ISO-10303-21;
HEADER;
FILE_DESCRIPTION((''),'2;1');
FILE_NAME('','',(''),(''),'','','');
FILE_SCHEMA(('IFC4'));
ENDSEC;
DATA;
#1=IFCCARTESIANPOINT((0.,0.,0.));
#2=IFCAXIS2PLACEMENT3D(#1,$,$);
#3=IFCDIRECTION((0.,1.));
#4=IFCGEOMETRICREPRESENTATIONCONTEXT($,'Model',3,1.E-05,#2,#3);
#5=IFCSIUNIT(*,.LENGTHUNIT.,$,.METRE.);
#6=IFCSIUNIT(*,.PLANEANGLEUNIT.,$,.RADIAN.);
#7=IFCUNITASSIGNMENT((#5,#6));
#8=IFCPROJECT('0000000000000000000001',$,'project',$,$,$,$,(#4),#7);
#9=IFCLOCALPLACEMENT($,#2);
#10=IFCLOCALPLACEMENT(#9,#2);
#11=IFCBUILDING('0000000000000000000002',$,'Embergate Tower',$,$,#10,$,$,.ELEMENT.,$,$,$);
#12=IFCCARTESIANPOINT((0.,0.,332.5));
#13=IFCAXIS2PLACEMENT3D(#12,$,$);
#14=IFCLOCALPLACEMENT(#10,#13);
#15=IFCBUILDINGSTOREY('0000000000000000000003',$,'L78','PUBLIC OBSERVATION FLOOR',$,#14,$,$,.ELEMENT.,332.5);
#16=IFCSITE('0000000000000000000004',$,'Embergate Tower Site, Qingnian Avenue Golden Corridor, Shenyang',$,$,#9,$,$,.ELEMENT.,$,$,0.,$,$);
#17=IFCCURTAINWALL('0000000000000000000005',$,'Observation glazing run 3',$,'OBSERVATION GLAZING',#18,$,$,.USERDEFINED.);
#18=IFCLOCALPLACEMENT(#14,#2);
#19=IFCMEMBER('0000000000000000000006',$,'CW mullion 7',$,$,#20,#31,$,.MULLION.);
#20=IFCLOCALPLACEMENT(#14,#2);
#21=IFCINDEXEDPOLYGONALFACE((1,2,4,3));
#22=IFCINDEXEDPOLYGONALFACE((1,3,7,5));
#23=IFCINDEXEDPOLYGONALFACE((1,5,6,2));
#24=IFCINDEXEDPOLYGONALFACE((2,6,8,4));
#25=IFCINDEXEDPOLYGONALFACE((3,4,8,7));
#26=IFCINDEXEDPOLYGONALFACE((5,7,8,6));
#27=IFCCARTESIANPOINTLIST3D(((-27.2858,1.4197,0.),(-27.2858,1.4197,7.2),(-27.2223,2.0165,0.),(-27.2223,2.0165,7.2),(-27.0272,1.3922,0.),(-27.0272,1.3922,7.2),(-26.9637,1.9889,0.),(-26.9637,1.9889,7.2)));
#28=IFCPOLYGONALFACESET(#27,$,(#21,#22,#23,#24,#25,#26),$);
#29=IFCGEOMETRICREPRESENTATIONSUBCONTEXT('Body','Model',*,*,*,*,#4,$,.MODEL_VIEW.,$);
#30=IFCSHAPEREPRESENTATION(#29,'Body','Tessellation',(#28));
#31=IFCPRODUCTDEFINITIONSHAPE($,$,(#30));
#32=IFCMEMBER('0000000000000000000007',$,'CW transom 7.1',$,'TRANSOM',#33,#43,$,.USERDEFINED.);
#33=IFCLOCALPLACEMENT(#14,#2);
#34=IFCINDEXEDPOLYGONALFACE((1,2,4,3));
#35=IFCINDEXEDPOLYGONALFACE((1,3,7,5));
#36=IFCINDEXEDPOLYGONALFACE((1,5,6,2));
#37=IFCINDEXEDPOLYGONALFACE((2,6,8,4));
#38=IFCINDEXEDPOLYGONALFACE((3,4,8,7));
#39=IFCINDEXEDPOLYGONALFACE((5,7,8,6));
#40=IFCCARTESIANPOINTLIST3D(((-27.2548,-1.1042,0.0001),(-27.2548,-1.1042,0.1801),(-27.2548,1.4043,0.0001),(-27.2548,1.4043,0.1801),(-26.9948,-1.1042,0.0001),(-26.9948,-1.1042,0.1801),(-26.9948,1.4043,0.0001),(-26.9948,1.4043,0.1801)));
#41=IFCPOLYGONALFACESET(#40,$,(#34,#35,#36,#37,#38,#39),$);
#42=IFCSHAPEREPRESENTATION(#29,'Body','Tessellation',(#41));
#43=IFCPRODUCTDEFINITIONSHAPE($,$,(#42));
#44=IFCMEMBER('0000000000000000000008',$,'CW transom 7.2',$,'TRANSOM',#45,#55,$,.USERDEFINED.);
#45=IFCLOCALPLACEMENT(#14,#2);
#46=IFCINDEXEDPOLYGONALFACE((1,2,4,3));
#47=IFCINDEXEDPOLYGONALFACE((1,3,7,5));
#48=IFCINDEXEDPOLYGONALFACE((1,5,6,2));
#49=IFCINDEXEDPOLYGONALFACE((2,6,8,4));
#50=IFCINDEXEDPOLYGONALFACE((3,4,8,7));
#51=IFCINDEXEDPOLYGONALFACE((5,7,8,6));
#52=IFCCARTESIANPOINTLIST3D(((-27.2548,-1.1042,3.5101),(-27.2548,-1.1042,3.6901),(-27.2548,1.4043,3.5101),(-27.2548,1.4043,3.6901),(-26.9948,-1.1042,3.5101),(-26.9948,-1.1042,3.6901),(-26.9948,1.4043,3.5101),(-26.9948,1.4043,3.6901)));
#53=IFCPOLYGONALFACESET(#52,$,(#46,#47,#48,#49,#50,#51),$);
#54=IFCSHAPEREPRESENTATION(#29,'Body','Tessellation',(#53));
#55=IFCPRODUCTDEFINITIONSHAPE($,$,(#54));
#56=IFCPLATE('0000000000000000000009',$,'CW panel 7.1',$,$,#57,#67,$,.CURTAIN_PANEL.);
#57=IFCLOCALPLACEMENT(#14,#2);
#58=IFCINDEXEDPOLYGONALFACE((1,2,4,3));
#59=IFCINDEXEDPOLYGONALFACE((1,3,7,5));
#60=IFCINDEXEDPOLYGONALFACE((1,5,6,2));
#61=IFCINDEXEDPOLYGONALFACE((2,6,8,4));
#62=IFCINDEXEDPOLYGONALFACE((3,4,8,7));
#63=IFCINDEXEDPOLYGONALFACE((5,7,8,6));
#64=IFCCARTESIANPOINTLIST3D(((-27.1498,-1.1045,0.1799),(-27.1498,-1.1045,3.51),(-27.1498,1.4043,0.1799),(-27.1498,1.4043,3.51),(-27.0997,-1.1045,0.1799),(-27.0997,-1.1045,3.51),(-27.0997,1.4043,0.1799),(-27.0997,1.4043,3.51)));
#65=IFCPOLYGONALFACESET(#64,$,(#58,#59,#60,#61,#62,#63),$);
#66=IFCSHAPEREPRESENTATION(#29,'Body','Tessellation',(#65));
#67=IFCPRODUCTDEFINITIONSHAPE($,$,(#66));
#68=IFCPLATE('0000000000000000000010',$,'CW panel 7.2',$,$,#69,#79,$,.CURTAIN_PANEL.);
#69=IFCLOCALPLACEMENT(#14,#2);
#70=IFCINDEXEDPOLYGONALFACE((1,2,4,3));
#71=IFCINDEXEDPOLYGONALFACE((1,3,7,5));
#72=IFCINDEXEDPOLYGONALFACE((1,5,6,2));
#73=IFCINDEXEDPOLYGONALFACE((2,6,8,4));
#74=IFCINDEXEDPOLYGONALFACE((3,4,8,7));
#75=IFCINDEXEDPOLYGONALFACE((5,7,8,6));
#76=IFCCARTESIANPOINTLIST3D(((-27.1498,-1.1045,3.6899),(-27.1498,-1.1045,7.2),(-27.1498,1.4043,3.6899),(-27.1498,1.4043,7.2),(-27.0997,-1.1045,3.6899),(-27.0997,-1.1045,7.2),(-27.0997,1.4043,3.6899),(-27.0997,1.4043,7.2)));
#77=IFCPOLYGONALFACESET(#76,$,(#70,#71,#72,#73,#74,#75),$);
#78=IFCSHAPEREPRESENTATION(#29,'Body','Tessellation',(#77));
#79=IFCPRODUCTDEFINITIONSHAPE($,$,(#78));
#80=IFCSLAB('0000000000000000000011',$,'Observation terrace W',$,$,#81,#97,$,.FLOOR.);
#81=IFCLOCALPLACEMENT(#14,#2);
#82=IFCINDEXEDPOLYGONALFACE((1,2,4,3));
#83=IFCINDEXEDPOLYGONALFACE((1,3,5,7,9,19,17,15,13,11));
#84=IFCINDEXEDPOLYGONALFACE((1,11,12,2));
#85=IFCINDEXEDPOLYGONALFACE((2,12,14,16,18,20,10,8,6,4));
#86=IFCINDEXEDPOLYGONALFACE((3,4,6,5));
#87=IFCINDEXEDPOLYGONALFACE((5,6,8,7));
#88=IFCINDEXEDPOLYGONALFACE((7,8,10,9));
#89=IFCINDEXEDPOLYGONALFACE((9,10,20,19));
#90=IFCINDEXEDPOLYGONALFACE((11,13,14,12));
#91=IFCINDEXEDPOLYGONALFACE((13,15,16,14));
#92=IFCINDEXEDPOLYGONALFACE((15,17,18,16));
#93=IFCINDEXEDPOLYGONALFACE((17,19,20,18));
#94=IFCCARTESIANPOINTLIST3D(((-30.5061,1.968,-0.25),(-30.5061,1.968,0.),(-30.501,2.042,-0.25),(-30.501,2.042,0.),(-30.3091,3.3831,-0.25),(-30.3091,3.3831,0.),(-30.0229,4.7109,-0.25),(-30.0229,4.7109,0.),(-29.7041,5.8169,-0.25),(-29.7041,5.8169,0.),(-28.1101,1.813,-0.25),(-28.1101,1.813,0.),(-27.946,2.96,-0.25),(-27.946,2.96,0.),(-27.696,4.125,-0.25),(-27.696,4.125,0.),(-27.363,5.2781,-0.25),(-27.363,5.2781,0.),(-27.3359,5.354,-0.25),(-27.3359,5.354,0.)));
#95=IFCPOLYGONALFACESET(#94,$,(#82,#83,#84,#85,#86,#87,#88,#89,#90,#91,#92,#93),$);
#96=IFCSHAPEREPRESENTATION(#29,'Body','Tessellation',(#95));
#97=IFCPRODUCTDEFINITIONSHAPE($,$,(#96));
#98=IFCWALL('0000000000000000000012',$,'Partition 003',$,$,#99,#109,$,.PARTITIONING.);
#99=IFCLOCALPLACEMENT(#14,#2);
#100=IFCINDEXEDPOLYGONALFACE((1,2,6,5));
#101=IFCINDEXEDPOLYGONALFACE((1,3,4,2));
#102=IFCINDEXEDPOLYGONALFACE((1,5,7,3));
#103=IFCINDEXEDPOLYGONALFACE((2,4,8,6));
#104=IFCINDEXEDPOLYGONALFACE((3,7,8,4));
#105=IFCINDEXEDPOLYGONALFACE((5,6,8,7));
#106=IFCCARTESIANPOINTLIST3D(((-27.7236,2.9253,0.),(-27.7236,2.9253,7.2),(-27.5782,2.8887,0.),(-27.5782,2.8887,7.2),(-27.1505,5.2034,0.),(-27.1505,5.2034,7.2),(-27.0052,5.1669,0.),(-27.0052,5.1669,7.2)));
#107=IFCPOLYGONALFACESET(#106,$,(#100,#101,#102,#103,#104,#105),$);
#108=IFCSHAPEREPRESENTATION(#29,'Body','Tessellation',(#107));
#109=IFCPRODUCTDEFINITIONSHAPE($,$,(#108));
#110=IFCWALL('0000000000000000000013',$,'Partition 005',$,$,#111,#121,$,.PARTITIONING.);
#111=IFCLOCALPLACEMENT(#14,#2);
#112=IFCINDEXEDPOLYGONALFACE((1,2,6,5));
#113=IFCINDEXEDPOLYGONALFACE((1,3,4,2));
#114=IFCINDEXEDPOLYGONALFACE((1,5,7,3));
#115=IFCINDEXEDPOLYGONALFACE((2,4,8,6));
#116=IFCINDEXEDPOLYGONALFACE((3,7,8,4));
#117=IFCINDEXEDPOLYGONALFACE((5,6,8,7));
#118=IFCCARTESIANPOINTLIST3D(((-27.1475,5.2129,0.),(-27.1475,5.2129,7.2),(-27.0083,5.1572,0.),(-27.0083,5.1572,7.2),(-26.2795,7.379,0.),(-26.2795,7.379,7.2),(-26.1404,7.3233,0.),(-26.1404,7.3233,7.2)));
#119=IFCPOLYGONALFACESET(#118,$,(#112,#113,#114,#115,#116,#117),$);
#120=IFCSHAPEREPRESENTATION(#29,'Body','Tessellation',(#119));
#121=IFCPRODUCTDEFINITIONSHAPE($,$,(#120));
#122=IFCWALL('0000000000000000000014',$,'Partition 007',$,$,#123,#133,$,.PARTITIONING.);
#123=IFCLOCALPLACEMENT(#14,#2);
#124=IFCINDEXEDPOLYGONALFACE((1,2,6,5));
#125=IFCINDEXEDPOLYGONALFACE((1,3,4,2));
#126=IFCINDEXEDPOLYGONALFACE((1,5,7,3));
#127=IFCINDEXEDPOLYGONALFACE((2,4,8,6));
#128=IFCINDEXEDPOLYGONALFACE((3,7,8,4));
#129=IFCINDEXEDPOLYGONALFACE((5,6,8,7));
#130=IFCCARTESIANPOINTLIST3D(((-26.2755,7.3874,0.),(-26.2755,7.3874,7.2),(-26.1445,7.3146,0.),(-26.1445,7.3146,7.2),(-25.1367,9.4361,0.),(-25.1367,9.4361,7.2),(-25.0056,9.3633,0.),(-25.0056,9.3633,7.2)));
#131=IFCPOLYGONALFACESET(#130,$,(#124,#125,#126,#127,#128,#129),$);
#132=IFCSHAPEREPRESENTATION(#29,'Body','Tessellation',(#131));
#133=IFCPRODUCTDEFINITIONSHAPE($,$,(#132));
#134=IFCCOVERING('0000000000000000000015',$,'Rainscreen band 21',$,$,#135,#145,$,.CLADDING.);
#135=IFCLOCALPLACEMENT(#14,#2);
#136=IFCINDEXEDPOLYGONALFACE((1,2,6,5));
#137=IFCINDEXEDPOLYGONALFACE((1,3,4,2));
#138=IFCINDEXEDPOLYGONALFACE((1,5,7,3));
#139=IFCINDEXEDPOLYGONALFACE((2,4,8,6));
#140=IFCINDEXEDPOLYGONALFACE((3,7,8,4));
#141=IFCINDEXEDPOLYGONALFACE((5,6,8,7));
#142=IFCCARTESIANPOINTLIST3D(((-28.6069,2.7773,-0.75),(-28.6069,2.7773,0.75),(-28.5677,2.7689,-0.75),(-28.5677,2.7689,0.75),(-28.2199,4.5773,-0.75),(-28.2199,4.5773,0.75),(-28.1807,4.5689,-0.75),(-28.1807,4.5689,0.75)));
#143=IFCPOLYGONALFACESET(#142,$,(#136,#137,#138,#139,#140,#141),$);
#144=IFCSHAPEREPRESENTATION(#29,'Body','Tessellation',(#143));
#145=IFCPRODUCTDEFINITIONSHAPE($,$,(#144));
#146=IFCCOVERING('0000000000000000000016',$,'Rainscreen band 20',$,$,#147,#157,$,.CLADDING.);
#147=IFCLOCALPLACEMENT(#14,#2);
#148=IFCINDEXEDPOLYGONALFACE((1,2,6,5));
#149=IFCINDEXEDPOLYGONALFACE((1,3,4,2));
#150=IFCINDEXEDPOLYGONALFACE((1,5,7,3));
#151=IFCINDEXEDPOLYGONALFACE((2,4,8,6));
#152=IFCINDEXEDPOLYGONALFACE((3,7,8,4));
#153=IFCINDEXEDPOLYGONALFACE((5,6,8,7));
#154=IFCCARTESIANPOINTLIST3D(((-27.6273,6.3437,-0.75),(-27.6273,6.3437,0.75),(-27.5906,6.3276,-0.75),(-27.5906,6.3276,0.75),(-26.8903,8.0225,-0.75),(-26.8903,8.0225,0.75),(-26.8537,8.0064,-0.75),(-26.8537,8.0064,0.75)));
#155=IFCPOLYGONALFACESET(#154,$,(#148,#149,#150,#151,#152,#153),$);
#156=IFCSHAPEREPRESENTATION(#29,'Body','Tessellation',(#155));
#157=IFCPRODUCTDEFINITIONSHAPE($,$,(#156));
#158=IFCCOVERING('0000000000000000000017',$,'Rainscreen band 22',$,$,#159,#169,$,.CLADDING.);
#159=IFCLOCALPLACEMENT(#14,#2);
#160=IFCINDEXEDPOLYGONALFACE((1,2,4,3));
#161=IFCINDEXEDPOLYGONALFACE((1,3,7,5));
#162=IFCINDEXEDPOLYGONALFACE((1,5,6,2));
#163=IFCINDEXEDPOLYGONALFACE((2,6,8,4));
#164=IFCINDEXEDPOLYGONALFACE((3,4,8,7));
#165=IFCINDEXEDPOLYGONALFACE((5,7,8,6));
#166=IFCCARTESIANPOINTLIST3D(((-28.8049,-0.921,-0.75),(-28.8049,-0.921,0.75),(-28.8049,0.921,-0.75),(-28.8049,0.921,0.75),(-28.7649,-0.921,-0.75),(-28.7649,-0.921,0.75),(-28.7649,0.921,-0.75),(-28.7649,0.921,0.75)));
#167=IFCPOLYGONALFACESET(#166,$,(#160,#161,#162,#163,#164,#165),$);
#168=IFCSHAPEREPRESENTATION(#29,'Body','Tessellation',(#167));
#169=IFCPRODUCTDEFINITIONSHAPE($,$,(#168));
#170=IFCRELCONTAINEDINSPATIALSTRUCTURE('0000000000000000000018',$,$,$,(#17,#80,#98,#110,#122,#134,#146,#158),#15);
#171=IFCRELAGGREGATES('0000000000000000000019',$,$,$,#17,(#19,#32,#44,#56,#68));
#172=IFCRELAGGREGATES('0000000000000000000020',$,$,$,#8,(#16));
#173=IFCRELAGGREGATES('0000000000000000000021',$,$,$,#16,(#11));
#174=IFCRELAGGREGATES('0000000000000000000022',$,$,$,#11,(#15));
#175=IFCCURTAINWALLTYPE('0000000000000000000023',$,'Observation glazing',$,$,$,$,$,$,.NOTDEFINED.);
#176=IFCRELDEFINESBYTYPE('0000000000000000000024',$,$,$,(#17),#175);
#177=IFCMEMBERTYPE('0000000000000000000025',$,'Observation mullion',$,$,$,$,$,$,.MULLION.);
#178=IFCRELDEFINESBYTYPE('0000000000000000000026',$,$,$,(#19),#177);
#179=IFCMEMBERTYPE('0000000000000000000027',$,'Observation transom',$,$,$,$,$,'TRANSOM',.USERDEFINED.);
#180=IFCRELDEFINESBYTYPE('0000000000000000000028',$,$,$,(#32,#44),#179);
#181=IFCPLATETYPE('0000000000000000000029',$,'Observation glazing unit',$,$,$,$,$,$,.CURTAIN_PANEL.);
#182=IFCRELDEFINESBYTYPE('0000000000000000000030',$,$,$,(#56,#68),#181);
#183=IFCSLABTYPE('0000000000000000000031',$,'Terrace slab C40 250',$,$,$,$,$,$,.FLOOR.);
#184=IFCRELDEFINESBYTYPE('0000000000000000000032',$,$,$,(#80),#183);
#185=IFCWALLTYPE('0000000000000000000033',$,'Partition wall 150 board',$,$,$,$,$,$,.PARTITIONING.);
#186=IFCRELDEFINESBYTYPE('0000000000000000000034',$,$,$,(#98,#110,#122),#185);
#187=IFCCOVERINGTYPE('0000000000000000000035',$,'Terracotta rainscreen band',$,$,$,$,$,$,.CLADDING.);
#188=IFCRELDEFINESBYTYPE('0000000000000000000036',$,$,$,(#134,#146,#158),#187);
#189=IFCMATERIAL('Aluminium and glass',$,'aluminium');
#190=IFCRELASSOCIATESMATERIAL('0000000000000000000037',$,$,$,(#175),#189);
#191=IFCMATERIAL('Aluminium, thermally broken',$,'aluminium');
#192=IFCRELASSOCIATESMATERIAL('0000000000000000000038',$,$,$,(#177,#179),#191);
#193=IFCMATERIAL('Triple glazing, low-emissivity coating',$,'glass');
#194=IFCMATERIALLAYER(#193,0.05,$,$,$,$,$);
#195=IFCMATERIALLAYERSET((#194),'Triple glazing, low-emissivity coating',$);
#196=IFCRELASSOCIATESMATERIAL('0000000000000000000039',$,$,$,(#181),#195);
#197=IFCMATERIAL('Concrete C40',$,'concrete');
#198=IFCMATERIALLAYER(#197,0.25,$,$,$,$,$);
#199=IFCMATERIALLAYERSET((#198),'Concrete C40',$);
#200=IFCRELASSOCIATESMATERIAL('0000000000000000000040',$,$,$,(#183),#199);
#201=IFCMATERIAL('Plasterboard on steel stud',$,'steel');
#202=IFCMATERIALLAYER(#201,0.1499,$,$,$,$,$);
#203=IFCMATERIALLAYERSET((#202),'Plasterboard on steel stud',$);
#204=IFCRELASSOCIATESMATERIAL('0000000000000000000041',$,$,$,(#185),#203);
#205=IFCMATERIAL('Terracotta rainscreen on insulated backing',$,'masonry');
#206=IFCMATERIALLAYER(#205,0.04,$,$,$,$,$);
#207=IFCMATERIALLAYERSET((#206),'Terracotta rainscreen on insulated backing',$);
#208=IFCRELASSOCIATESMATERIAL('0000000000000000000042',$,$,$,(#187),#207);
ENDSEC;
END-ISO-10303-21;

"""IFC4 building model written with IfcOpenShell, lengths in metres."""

from ifc_helpers import new_model, si_unit, direction, frame, frame_2d, origin, origin_2d, place, context, subcontext, project, spatial, polyline, rectangle, outline, extrude, source, transform, mapped, material, layer, layer_set, material_profile, profile_set, type_object, element, aggregate, save


model = new_model("IFC4")

# Units and contexts
model_context = context("Model", 3, precision=1e-05, world=origin(), true_north=direction((0.0, 1.0)))
body_context = subcontext(model_context, "Body", "Model", "MODEL_VIEW")
ifc_project = project(units=[si_unit("LENGTHUNIT", "METRE"), si_unit("PLANEANGLEUNIT", "RADIAN")], contexts=[model_context])

# Site, building, storey
site_placement = place(None, origin())
site = spatial("IfcSite", under=ifc_project, at=site_placement, Name="Embergate Tower Site, Qingnian Avenue Golden Corridor, Shenyang", CompositionType="ELEMENT", RefElevation=0.0)
building_placement = place(site_placement, origin())
building = spatial("IfcBuilding", under=site, at=building_placement, Name="Embergate Tower", CompositionType="ELEMENT")
storey_placement = place(building_placement, frame((0.0, 0.0, 332.5)))
storey = spatial("IfcBuildingStorey", under=building, at=storey_placement, Name="L78", Description="PUBLIC OBSERVATION FLOOR", CompositionType="ELEMENT", Elevation=332.5)

# Curtain wall, members, plates
ifc_material_1 = material(Name="Aluminium and glass", Category="aluminium")
curtain_wall_type = type_object("IfcCurtainWallType", Name="Observation glazing", PredefinedType="NOTDEFINED", material=ifc_material_1)
curtain_wall_placement = place(storey_placement, origin())
curtain_wall = element("IfcCurtainWall", 1, at=curtain_wall_placement, inside=storey, type_object=curtain_wall_type, Name="Observation glazing run 3", ObjectType="OBSERVATION GLAZING", PredefinedType="USERDEFINED")
ifc_material_2 = material(Name="Aluminium, thermally broken", Category="aluminium")
ifc_material_profile_1 = material_profile(ifc_material_2, rectangle(XDim=0.26, YDim=0.6001, at=origin_2d()), Name="AL 600x260")
ifc_profile_set_1 = profile_set([ifc_material_profile_1], Name="Aluminium, thermally broken")
member_type_1 = type_object("IfcMemberType", Name="Observation mullion", PredefinedType="MULLION", material=ifc_profile_set_1)
shared_shape_1 = source(origin(), body_context, "Body", "SweptSolid", [
    extrude(rectangle(XDim=0.26, YDim=0.6001, at=origin_2d()), origin(), (0.0, 0.0, 1.0), 7.2),
])
member_1_placement = place(storey_placement, frame((-27.1248, 1.7043, 0.0), z_axis=(0.0, 0.0, 1.0), x_axis=(0.994383, -0.105841, 0.0)))
member_1 = element("IfcMember", 2, at=member_1_placement, type_object=member_type_1, Name="CW mullion 7", PredefinedType="MULLION", context=body_context, shape_type="MappedRepresentation", body=[
    mapped(shared_shape_1, transform((0.0, 0.0, 0.0))),
])
ifc_material_profile_2 = material_profile(ifc_material_2, rectangle(XDim=0.26, YDim=0.1799, at=origin_2d()), Name="AL 180x260")
ifc_profile_set_2 = profile_set([ifc_material_profile_2], Name="Aluminium, thermally broken")
member_type_2 = type_object("IfcMemberType", Name="Observation transom", ElementType="TRANSOM", PredefinedType="USERDEFINED", material=ifc_profile_set_2)
shared_shape_2 = source(origin(), body_context, "Body", "SweptSolid", [
    extrude(rectangle(XDim=0.26, YDim=0.1799, at=origin_2d()), origin(), (0.0, 0.0, 1.0), 2.5085),
])
member_2_placement = place(storey_placement, frame((-27.1248, 1.4043, 0.0901), z_axis=(0.0, -1.0, 0.0), x_axis=(1.0, 0.0, 0.0)))
member_2 = element("IfcMember", 3, at=member_2_placement, type_object=member_type_2, Name="CW transom 7.1", ObjectType="TRANSOM", PredefinedType="USERDEFINED", context=body_context, shape_type="MappedRepresentation", body=[
    mapped(shared_shape_2, transform((0.0, 0.0, 0.0))),
])
member_3_placement = place(storey_placement, frame((-27.1248, 1.4043, 3.6001), z_axis=(0.0, -1.0, 0.0), x_axis=(1.0, 0.0, 0.0)))
member_3 = element("IfcMember", 4, at=member_3_placement, type_object=member_type_2, Name="CW transom 7.2", ObjectType="TRANSOM", PredefinedType="USERDEFINED", context=body_context, shape_type="MappedRepresentation", body=[
    mapped(shared_shape_2, transform((0.0, 0.0, 0.0))),
])
ifc_material_3 = material(Name="Triple glazing, low-emissivity coating", Category="glass")
ifc_layer_1 = layer(ifc_material_3, 0.05)
ifc_layer_set_1 = layer_set([ifc_layer_1], Name="Triple glazing, low-emissivity coating")
plate_type = type_object("IfcPlateType", Name="Observation glazing unit", PredefinedType="CURTAIN_PANEL", material=ifc_layer_set_1)
shared_shape_3 = source(origin(), body_context, "Body", "SweptSolid", [
    extrude(rectangle(XDim=2.5088, YDim=0.05, at=origin_2d()), origin(), (0.0, 0.0, 1.0), 3.3301),
])
plate_1_placement = place(storey_placement, frame((-27.1248, 0.1499, 0.1799), z_axis=(0.0, 0.0, 1.0), x_axis=(0.0, -1.0, 0.0)))
plate_1 = element("IfcPlate", 5, at=plate_1_placement, type_object=plate_type, Name="CW panel 7.1", PredefinedType="CURTAIN_PANEL", context=body_context, shape_type="MappedRepresentation", body=[
    mapped(shared_shape_3, transform((0.0, 0.0, 0.0))),
])
shared_shape_4 = source(origin(), body_context, "Body", "SweptSolid", [
    extrude(rectangle(XDim=2.5088, YDim=0.05, at=origin_2d()), origin(), (0.0, 0.0, 1.0), 3.51),
])
plate_2_placement = place(storey_placement, frame((-27.1248, 0.1499, 3.6899), z_axis=(0.0, 0.0, 1.0), x_axis=(0.0, -1.0, 0.0)))
plate_2 = element("IfcPlate", 6, at=plate_2_placement, type_object=plate_type, Name="CW panel 7.2", PredefinedType="CURTAIN_PANEL", context=body_context, shape_type="MappedRepresentation", body=[
    mapped(shared_shape_4, transform((0.0, 0.0, 0.0))),
])
aggregate(curtain_wall, [member_1, member_2, member_3, plate_1, plate_2])

# Slab
ifc_material_4 = material(Name="Concrete C40", Category="concrete")
ifc_layer_2 = layer(ifc_material_4, 0.25)
ifc_layer_set_2 = layer_set([ifc_layer_2], Name="Concrete C40")
slab_type = type_object("IfcSlabType", Name="Terrace slab C40 250", PredefinedType="FLOOR", material=ifc_layer_set_2)
shared_shape_5 = source(origin(), body_context, "Body", "SweptSolid", [
    extrude(outline(polyline([(0.0, 0.0), (-2.396, 0.155), (-2.3909, 0.229), (-2.199, 1.5701), (-1.9128, 2.8979), (-1.594, 4.0039), (0.7742, 3.541), (0.7471, 3.4651), (0.4141, 2.312), (0.1641, 1.147), (0.0, 0.0)])), origin(), (0.0, 0.0, 1.0), 0.25),
])
slab_placement = place(storey_placement, frame((-28.1101, 1.813, -0.25)))
element("IfcSlab", 7, at=slab_placement, inside=storey, type_object=slab_type, Name="Observation terrace W", PredefinedType="FLOOR", context=body_context, shape_type="MappedRepresentation", body=[
    mapped(shared_shape_5, transform((0.0, 0.0, 0.0))),
])

# Walls
ifc_material_5 = material(Name="Plasterboard on steel stud", Category="steel")
ifc_layer_3 = layer(ifc_material_5, 0.1499)
ifc_layer_set_3 = layer_set([ifc_layer_3], Name="Plasterboard on steel stud")
wall_type_1 = type_object("IfcWallType", Name="Partition wall 150 board", PredefinedType="PARTITIONING", material=ifc_layer_set_3)
shared_shape_6 = source(origin(), body_context, "Body", "SweptSolid", [
    extrude(rectangle(XDim=2.3491, YDim=0.1499, at=frame_2d((1.1746, 0.0))), origin(), (0.0, 0.0, 1.0), 7.2),
])
wall_1_placement = place(storey_placement, frame((-27.6509, 2.907, 0.0), z_axis=(0.0, 0.0, 1.0), x_axis=(0.243929, 0.969793, 0.0)))
element("IfcWall", 8, at=wall_1_placement, inside=storey, type_object=wall_type_1, Name="Partition 003", PredefinedType="PARTITIONING", context=body_context, shape_type="MappedRepresentation", body=[
    mapped(shared_shape_6, transform((0.0, 0.0, 0.0))),
])
shared_shape_7 = source(origin(), body_context, "Body", "SweptSolid", [
    extrude(rectangle(XDim=2.3335, YDim=0.1499, at=frame_2d((1.1667, 0.0))), origin(), (0.0, 0.0, 1.0), 7.2),
])
wall_2_placement = place(storey_placement, frame((-27.0779, 5.1851, 0.0), z_axis=(0.0, 0.0, 1.0), x_axis=(0.37195, 0.928253, 0.0)))
element("IfcWall", 9, at=wall_2_placement, inside=storey, type_object=wall_type_1, Name="Partition 005", PredefinedType="PARTITIONING", context=body_context, shape_type="MappedRepresentation", body=[
    mapped(shared_shape_7, transform((0.0, 0.0, 0.0))),
])
shared_shape_8 = source(origin(), body_context, "Body", "SweptSolid", [
    extrude(rectangle(XDim=2.344, YDim=0.1499, at=frame_2d((1.1719, 0.0))), origin(), (0.0, 0.0, 1.0), 7.2),
])
wall_3_placement = place(storey_placement, frame((-26.21, 7.3511, 0.0), z_axis=(0.0, 0.0, 1.0), x_axis=(0.485864, 0.874034, 0.0)))
element("IfcWall", 10, at=wall_3_placement, inside=storey, type_object=wall_type_1, Name="Partition 007", PredefinedType="PARTITIONING", context=body_context, shape_type="MappedRepresentation", body=[
    mapped(shared_shape_8, transform((0.0, 0.0, 0.0))),
])

# Coverings
ifc_material_6 = material(Name="Terracotta rainscreen on insulated backing", Category="masonry")
ifc_layer_4 = layer(ifc_material_6, 0.04)
ifc_layer_set_4 = layer_set([ifc_layer_4], Name="Terracotta rainscreen on insulated backing")
covering_type = type_object("IfcCoveringType", Name="Terracotta rainscreen band", PredefinedType="CLADDING", material=ifc_layer_set_4)
shared_shape_9 = source(origin(), body_context, "Body", "SweptSolid", [
    extrude(rectangle(XDim=1.8411, YDim=0.04, at=origin_2d()), origin(), (0.0, 0.0, 1.0), 1.5),
])
covering_1_placement = place(storey_placement, frame((-28.3938, 3.6731, -0.75), z_axis=(0.0, 0.0, 1.0), x_axis=(-0.210197, -0.977659, 0.0)))
element("IfcCovering", 11, at=covering_1_placement, inside=storey, type_object=covering_type, Name="Rainscreen band 21", PredefinedType="CLADDING", context=body_context, shape_type="MappedRepresentation", body=[
    mapped(shared_shape_9, transform((0.0, 0.0, 0.0))),
])
shared_shape_10 = source(origin(), body_context, "Body", "SweptSolid", [
    extrude(rectangle(XDim=1.8335, YDim=0.04, at=origin_2d()), origin(), (0.0, 0.0, 1.0), 1.5),
])
covering_2_placement = place(storey_placement, frame((-27.2405, 7.175, -0.75), z_axis=(0.0, 0.0, 1.0), x_axis=(-0.401935, -0.915668, 0.0)))
element("IfcCovering", 12, at=covering_2_placement, inside=storey, type_object=covering_type, Name="Rainscreen band 20", PredefinedType="CLADDING", context=body_context, shape_type="MappedRepresentation", body=[
    mapped(shared_shape_10, transform((0.0, 0.0, 0.0))),
])
shared_shape_11 = source(origin(), body_context, "Body", "SweptSolid", [
    extrude(rectangle(XDim=1.842, YDim=0.04, at=origin_2d()), origin(), (0.0, 0.0, 1.0), 1.5),
])
covering_3_placement = place(storey_placement, frame((-28.7849, 0.0, -0.75), z_axis=(0.0, 0.0, 1.0), x_axis=(0.0, -1.0, 0.0)))
element("IfcCovering", 13, at=covering_3_placement, inside=storey, type_object=covering_type, Name="Rainscreen band 22", PredefinedType="CLADDING", context=body_context, shape_type="MappedRepresentation", body=[
    mapped(shared_shape_11, transform((0.0, 0.0, 0.0))),
])

save(model, "model.ifc")
